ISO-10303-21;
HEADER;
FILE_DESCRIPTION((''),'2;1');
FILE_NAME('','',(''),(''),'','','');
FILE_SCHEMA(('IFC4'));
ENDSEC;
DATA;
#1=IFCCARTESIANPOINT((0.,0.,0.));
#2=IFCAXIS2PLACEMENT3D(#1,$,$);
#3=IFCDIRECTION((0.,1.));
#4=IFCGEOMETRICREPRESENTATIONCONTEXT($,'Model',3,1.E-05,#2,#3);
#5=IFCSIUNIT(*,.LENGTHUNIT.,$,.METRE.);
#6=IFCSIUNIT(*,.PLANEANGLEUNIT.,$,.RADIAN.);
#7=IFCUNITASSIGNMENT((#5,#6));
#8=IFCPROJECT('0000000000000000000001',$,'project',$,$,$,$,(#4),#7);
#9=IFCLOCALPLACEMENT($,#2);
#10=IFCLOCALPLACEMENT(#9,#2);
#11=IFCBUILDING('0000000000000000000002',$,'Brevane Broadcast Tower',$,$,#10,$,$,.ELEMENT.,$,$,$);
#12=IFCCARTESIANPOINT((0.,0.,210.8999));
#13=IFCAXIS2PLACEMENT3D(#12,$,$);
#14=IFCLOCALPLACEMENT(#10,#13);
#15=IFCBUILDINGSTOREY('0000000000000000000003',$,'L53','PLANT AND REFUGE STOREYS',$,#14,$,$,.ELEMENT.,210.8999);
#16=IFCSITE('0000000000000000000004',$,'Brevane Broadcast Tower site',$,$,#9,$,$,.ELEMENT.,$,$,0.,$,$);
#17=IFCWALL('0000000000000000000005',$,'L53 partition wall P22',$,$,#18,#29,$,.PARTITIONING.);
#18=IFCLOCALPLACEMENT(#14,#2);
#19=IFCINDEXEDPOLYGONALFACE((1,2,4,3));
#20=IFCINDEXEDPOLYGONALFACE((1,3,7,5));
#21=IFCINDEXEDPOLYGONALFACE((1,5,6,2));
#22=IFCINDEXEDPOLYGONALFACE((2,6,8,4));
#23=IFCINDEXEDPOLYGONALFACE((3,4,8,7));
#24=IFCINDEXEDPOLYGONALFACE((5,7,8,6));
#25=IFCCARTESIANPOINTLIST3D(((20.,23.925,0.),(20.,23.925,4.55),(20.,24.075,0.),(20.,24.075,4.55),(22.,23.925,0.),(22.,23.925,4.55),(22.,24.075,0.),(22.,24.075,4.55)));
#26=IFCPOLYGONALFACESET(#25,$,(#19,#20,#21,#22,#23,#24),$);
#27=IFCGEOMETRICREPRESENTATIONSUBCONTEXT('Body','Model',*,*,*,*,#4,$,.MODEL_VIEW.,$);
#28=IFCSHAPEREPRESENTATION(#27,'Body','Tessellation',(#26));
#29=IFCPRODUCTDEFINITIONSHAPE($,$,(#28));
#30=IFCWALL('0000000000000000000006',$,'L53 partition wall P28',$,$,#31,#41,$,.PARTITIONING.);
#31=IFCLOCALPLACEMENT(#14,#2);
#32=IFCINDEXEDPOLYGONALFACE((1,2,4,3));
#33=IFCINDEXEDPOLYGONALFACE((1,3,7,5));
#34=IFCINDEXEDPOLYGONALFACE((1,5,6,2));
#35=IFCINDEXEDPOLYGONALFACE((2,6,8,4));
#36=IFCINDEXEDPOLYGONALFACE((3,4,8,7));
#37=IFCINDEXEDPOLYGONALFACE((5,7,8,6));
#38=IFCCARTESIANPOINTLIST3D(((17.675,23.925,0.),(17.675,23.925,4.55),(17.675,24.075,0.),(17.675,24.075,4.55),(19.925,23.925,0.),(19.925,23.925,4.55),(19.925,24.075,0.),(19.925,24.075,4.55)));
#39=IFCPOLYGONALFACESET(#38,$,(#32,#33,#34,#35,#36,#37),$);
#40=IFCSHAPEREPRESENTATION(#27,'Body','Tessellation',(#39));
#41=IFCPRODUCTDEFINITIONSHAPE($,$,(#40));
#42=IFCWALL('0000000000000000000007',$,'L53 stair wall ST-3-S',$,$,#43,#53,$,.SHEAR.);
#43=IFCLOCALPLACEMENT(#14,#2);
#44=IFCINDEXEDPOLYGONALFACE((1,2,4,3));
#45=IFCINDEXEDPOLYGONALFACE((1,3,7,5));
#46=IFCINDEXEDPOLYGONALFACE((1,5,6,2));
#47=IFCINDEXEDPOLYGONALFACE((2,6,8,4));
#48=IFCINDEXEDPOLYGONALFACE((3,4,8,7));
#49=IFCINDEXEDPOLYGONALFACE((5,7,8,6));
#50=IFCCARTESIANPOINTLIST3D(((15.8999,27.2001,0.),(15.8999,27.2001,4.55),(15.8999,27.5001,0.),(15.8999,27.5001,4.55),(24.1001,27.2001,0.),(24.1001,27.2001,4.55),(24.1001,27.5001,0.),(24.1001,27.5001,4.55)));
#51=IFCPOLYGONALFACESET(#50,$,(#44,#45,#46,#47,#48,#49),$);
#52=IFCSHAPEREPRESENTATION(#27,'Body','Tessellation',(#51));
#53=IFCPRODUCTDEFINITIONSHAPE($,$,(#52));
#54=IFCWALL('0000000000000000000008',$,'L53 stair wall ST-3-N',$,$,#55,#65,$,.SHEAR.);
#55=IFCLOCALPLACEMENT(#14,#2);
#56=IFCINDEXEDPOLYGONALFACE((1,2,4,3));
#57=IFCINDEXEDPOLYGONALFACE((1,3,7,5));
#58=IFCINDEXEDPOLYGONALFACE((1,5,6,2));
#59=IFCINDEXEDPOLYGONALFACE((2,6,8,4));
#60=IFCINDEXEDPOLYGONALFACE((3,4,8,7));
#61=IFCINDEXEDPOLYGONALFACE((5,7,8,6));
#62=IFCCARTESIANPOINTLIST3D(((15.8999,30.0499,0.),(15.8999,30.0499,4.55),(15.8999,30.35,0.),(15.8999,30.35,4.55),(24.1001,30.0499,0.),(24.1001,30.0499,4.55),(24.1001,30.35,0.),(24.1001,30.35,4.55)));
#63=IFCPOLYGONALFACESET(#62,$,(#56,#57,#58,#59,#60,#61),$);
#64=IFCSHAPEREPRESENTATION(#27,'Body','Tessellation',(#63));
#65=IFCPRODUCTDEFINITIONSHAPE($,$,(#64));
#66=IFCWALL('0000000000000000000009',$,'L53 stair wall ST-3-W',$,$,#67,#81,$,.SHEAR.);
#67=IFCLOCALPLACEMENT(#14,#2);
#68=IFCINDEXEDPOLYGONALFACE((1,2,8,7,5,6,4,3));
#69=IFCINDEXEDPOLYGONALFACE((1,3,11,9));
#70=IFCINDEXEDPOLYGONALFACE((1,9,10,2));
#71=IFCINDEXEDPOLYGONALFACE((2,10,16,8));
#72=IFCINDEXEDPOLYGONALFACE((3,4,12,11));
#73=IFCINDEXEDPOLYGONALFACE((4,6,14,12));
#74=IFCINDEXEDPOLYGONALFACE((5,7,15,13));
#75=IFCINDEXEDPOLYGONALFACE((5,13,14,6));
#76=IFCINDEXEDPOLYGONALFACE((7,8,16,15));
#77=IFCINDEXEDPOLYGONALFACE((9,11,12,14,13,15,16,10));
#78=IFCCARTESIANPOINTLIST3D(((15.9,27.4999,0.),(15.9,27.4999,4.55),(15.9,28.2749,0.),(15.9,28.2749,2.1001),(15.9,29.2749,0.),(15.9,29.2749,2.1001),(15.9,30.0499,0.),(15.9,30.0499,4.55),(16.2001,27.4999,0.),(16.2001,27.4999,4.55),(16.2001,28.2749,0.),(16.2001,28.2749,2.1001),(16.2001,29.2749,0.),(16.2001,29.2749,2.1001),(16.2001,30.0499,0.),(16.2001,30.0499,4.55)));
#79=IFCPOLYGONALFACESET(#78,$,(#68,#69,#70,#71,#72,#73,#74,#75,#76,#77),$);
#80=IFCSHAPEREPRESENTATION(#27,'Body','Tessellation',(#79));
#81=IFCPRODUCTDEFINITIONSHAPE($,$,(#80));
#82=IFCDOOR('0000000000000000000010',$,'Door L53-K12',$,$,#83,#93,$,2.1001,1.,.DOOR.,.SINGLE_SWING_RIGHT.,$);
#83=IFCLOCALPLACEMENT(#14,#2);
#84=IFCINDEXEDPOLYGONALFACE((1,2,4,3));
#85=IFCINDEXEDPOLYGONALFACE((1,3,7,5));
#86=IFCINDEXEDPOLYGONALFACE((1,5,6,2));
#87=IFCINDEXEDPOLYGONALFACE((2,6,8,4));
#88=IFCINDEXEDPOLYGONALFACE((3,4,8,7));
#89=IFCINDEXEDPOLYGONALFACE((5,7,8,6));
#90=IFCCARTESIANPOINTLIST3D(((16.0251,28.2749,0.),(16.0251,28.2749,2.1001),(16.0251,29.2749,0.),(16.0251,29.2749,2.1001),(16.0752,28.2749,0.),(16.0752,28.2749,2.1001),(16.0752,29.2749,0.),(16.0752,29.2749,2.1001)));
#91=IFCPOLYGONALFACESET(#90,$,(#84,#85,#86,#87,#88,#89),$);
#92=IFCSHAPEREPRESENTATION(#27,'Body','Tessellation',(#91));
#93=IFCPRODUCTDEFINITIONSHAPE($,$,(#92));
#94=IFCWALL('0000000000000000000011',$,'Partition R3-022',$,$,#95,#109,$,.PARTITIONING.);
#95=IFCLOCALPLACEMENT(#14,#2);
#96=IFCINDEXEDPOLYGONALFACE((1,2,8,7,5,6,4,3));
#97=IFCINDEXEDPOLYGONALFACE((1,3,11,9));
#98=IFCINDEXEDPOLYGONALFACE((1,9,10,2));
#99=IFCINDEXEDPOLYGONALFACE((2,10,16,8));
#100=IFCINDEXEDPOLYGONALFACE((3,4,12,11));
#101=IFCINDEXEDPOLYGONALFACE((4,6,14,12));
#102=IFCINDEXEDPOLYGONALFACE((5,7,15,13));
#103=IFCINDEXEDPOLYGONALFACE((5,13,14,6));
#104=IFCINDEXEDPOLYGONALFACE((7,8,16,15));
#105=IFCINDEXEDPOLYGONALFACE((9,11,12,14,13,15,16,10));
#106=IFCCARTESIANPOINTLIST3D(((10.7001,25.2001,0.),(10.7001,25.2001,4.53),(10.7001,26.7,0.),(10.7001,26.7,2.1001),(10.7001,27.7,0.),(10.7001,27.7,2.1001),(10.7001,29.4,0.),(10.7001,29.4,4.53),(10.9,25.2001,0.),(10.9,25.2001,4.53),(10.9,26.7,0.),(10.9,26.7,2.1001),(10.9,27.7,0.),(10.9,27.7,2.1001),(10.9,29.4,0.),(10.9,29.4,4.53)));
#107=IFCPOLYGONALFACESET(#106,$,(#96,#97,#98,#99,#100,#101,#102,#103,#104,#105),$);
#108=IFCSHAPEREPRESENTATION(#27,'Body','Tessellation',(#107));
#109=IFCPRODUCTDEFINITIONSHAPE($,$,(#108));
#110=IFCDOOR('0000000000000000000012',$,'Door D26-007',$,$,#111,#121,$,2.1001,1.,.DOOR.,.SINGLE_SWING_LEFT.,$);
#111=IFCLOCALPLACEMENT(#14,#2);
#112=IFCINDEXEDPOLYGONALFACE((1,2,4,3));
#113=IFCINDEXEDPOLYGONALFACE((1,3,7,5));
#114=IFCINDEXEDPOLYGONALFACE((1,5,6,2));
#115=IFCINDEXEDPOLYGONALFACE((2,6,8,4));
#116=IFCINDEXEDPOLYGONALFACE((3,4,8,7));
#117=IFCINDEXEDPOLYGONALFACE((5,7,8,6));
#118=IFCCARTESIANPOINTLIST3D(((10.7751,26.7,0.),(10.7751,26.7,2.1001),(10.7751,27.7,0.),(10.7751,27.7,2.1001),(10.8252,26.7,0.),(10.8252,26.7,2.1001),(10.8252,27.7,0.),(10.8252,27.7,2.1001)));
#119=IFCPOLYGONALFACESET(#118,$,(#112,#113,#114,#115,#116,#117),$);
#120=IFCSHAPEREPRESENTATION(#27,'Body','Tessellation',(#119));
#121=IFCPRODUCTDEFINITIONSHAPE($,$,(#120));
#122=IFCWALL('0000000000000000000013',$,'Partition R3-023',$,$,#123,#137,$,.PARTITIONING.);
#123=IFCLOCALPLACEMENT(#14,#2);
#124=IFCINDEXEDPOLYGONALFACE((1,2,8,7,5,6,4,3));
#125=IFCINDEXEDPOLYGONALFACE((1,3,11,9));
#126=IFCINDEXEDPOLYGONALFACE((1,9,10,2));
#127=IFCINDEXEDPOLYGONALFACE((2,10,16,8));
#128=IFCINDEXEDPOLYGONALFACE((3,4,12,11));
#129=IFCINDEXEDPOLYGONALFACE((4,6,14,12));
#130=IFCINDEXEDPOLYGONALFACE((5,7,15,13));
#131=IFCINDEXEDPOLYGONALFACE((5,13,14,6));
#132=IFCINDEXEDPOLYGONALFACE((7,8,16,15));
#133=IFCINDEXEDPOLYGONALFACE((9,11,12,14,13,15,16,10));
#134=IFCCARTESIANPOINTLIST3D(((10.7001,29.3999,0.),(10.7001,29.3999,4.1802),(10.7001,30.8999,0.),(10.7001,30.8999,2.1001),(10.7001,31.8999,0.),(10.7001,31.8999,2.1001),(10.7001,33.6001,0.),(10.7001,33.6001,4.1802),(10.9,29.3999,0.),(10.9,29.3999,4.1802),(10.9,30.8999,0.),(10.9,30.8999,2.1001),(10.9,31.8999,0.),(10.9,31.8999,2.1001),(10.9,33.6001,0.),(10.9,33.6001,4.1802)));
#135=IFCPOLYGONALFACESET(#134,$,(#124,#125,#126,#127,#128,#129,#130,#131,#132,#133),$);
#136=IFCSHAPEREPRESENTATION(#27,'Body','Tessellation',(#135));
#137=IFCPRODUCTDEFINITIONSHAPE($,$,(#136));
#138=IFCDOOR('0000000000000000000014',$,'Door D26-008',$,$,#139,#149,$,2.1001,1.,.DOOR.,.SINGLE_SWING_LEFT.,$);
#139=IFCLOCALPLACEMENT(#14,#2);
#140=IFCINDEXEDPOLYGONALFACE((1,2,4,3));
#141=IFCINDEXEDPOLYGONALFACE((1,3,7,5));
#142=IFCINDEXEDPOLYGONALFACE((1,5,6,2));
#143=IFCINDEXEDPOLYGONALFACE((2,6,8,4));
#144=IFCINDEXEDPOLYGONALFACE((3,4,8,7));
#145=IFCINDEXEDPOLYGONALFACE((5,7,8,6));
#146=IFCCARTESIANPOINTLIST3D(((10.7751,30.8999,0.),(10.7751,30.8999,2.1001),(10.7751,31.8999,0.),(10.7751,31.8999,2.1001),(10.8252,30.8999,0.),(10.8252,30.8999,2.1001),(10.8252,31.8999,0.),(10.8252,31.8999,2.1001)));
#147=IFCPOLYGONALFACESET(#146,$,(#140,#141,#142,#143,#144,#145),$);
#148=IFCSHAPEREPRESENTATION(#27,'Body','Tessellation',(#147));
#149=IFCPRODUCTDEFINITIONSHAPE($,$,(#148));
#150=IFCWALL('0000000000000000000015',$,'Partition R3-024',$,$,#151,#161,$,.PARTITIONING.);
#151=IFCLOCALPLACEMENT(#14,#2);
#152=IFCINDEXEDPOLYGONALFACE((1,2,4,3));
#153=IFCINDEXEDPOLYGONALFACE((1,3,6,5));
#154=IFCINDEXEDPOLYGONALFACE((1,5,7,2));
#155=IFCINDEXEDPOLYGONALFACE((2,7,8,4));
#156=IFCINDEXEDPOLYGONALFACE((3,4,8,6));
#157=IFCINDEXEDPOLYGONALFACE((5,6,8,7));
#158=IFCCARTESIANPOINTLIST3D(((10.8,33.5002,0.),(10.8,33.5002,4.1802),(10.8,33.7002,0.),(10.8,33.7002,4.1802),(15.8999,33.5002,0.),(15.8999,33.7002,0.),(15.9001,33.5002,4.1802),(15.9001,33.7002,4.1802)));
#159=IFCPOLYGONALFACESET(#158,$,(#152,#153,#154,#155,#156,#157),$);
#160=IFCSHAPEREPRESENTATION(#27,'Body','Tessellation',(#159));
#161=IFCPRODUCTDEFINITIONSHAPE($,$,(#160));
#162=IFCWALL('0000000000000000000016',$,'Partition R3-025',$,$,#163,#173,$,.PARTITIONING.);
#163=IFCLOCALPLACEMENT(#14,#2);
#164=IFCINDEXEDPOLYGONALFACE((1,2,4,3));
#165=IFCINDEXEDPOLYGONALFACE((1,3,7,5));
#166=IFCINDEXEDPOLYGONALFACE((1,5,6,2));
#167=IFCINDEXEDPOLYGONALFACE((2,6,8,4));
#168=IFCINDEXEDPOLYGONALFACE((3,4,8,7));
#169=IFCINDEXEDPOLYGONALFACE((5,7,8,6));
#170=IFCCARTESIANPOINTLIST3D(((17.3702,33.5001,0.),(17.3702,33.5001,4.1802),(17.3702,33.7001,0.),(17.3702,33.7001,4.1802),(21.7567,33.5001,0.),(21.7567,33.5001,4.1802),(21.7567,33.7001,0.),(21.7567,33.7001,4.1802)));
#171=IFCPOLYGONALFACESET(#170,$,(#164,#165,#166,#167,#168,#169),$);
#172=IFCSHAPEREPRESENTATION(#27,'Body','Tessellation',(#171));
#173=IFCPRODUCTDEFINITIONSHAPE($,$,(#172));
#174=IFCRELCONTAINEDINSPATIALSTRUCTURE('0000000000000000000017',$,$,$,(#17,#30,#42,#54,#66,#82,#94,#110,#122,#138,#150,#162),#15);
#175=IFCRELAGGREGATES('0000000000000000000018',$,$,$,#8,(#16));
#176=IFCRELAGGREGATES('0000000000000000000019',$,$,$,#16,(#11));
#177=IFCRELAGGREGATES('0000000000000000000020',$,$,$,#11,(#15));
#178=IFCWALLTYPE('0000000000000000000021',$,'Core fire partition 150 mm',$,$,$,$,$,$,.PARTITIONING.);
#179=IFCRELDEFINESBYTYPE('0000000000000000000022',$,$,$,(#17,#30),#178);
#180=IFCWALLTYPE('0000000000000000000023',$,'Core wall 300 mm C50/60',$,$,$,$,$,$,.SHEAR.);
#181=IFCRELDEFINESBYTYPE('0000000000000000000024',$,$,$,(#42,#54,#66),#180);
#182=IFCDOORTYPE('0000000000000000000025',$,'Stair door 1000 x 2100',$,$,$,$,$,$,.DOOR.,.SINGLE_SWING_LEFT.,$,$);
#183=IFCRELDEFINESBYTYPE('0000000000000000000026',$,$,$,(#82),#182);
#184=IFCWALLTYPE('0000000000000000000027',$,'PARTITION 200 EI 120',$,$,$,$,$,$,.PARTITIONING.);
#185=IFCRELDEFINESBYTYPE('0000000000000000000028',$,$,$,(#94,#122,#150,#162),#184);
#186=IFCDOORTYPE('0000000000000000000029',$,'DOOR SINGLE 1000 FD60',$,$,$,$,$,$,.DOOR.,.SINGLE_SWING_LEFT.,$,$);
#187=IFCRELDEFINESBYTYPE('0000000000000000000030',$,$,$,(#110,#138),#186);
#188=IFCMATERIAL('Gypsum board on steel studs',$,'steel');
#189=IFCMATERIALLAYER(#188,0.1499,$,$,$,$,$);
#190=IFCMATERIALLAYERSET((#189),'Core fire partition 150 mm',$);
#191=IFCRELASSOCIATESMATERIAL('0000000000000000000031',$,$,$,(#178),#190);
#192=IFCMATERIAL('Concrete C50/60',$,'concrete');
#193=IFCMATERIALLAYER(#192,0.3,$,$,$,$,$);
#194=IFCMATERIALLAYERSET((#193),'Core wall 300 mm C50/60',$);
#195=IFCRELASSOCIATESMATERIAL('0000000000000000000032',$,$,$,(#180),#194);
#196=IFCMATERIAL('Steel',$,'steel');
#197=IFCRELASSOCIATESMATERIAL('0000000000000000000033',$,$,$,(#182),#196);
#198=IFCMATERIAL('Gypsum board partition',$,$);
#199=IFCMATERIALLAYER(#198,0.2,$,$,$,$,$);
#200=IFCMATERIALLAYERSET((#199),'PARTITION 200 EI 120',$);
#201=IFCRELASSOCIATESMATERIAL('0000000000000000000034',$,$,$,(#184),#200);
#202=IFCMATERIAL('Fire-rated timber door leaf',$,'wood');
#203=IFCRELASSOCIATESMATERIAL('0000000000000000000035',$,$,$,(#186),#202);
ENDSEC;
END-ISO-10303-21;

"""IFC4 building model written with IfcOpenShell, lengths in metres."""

from ifc_helpers import new_model, si_unit, direction, frame, frame_2d, origin, place, context, subcontext, project, spatial, polyline, rectangle, outline, extrude, material, layer, layer_set, type_object, element, fill, save


model = new_model("IFC4")

# Units and contexts
model_context = context("Model", 3, precision=1e-05, world=origin(), true_north=direction((0.0, 1.0)))
body_context = subcontext(model_context, "Body", "Model", "MODEL_VIEW")
ifc_project = project(units=[si_unit("LENGTHUNIT", "METRE"), si_unit("PLANEANGLEUNIT", "RADIAN")], contexts=[model_context])

# Site, building, storey
site_placement = place(None, origin())
site = spatial("IfcSite", under=ifc_project, at=site_placement, Name="Brevane Broadcast Tower site", CompositionType="ELEMENT", RefElevation=0.0)
building_placement = place(site_placement, origin())
building = spatial("IfcBuilding", under=site, at=building_placement, Name="Brevane Broadcast Tower", CompositionType="ELEMENT")
storey_placement = place(building_placement, frame((0.0, 0.0, 210.8999)))
storey = spatial("IfcBuildingStorey", under=building, at=storey_placement, Name="L53", Description="PLANT AND REFUGE STOREYS", CompositionType="ELEMENT", Elevation=210.8999)

# Shared definitions
ifc_material_1 = material(Name="Concrete C50/60", Category="concrete")

# Walls
ifc_material_2 = material(Name="Gypsum board on steel studs", Category="steel")
ifc_layer_1 = layer(ifc_material_2, 0.1499)
ifc_layer_set_1 = layer_set([ifc_layer_1], Name="Core fire partition 150 mm")
wall_type_1 = type_object("IfcWallType", Name="Core fire partition 150 mm", PredefinedType="PARTITIONING", material=ifc_layer_set_1)
wall_1_placement = place(storey_placement, frame((20.0, 24.0, 0.0), z_axis=(0.0, 0.0, 1.0), x_axis=(1.0, 0.0, 0.0)))
element("IfcWall", 1, at=wall_1_placement, inside=storey, type_object=wall_type_1, Name="L53 partition wall P22", PredefinedType="PARTITIONING", context=body_context, shape_type="SweptSolid", body=[
    extrude(rectangle(XDim=2.0, YDim=0.1499, at=frame_2d((1.0, 0.0))), origin(), (0.0, 0.0, 1.0), 4.55),
])
wall_2_placement = place(storey_placement, frame((17.675, 24.0, 0.0), z_axis=(0.0, 0.0, 1.0), x_axis=(1.0, 0.0, 0.0)))
element("IfcWall", 2, at=wall_2_placement, inside=storey, type_object=wall_type_1, Name="L53 partition wall P28", PredefinedType="PARTITIONING", context=body_context, shape_type="SweptSolid", body=[
    extrude(rectangle(XDim=2.25, YDim=0.1499, at=frame_2d((1.125, 0.0))), origin(), (0.0, 0.0, 1.0), 4.55),
])
ifc_layer_2 = layer(ifc_material_1, 0.3)
ifc_layer_set_2 = layer_set([ifc_layer_2], Name="Core wall 300 mm C50/60")
wall_type_2 = type_object("IfcWallType", Name="Core wall 300 mm C50/60", PredefinedType="SHEAR", material=ifc_layer_set_2)
for number, where, z_axis, x_axis, name in (
    (3, (15.8999, 27.3501, 0.0), (0.0, 0.0, 1.0), (1.0, 0.0, 0.0), "L53 stair wall ST-3-S"),
    (4, (15.8999, 30.2, 0.0), (0.0, 0.0, 1.0), (1.0, 0.0, 0.0), "L53 stair wall ST-3-N"),
):
    element("IfcWall", number, at=place(storey_placement, frame(where, z_axis=z_axis, x_axis=x_axis)), inside=storey, type_object=wall_type_2, Name=name, PredefinedType="SHEAR", context=body_context, shape_type="SweptSolid", body=[
        extrude(rectangle(XDim=8.2002, YDim=0.3, at=frame_2d((4.1001, 0.0))), origin(), (0.0, 0.0, 1.0), 4.55),
    ])

# Walls, openings, doors
wall_3_placement = place(storey_placement, frame((16.05, 27.5, 0.0), z_axis=(0.0, 0.0, 1.0), x_axis=(0.0, 1.0, 0.0)))
wall_3 = element("IfcWall", 5, at=wall_3_placement, inside=storey, type_object=wall_type_2, Name="L53 stair wall ST-3-W", PredefinedType="SHEAR", context=body_context, shape_type="SweptSolid", body=[
    extrude(rectangle(XDim=2.55, YDim=0.3, at=frame_2d((1.2749, 0.0))), origin(), (0.0, 0.0, 1.0), 4.55),
])
opening_1_placement = place(wall_3_placement, frame((0.7749, 0.0, 0.0)))
opening_1 = element("IfcOpeningElement", 6, at=opening_1_placement, cuts=wall_3, PredefinedType="OPENING", context=body_context, shape_type="SweptSolid", body=[
    extrude(rectangle(XDim=1.0, YDim=2.1001, at=frame_2d((0.5, 1.05))), frame((0.0, 0.1599, 0.0), z_axis=(0.0, -1.0, 0.0), x_axis=(1.0, 0.0, 0.0)), (0.0, 0.0, 1.0), 0.3201),
])
ifc_material_3 = material(Name="Steel", Category="steel")
door_type_1 = type_object("IfcDoorType", Name="Stair door 1000 x 2100", OperationType="SINGLE_SWING_LEFT", PredefinedType="DOOR", material=ifc_material_3)
door_1_placement = place(opening_1_placement, origin())
door_1 = element("IfcDoor", 7, at=door_1_placement, inside=storey, type_object=door_type_1, Name="Door L53-K12", OperationType="SINGLE_SWING_RIGHT", OverallHeight=2.1001, OverallWidth=1.0, PredefinedType="DOOR", context=body_context, shape_type="SweptSolid", body=[
    extrude(rectangle(XDim=1.0, YDim=2.1001, at=frame_2d((0.5, 1.05))), frame((0.0, 0.0249, 0.0), z_axis=(0.0, -1.0, 0.0), x_axis=(1.0, 0.0, 0.0)), (0.0, 0.0, 1.0), 0.05),
])
fill(opening_1, door_1)
ifc_material_4 = material(Name="Gypsum board partition")
ifc_layer_3 = layer(ifc_material_4, 0.2)
ifc_layer_set_3 = layer_set([ifc_layer_3], Name="PARTITION 200 EI 120")
wall_type_3 = type_object("IfcWallType", Name="PARTITION 200 EI 120", PredefinedType="PARTITIONING", material=ifc_layer_set_3)
wall_4_placement = place(storey_placement, frame((10.8, 25.2, 0.0), z_axis=(0.0, 0.0, 1.0), x_axis=(0.0, 1.0, 0.0)))
wall_4 = element("IfcWall", 8, at=wall_4_placement, inside=storey, type_object=wall_type_3, Name="Partition R3-022", PredefinedType="PARTITIONING", context=body_context, shape_type="SweptSolid", body=[
    extrude(rectangle(XDim=4.2, YDim=0.2, at=frame_2d((2.1001, 0.0))), origin(), (0.0, 0.0, 1.0), 4.53),
])
opening_2_placement = place(wall_4_placement, frame((1.5, 0.0, 0.0)))
opening_2 = element("IfcOpeningElement", 9, at=opening_2_placement, cuts=wall_4, PredefinedType="OPENING", context=body_context, shape_type="SweptSolid", body=[
    extrude(rectangle(XDim=1.0, YDim=2.1001, at=frame_2d((0.5, 1.05))), frame((0.0, 0.1099, 0.0), z_axis=(0.0, -1.0, 0.0), x_axis=(1.0, 0.0, 0.0)), (0.0, 0.0, 1.0), 0.22),
])
ifc_material_5 = material(Name="Fire-rated timber door leaf", Category="wood")
door_type_2 = type_object("IfcDoorType", Name="DOOR SINGLE 1000 FD60", OperationType="SINGLE_SWING_LEFT", PredefinedType="DOOR", material=ifc_material_5)
door_2_placement = place(opening_2_placement, origin())
door_2 = element("IfcDoor", 10, at=door_2_placement, inside=storey, type_object=door_type_2, Name="Door D26-007", OperationType="SINGLE_SWING_LEFT", OverallHeight=2.1001, OverallWidth=1.0, PredefinedType="DOOR", context=body_context, shape_type="SweptSolid", body=[
    extrude(rectangle(XDim=1.0, YDim=2.1001, at=frame_2d((0.5, 1.05))), frame((0.0, 0.0249, 0.0), z_axis=(0.0, -1.0, 0.0), x_axis=(1.0, 0.0, 0.0)), (0.0, 0.0, 1.0), 0.05),
])
fill(opening_2, door_2)
wall_5_placement = place(storey_placement, frame((10.8, 29.3999, 0.0), z_axis=(0.0, 0.0, 1.0), x_axis=(0.0, 1.0, 0.0)))
wall_5 = element("IfcWall", 11, at=wall_5_placement, inside=storey, type_object=wall_type_3, Name="Partition R3-023", PredefinedType="PARTITIONING", context=body_context, shape_type="SweptSolid", body=[
    extrude(rectangle(XDim=4.2002, YDim=0.2, at=frame_2d((2.1001, 0.0))), origin(), (0.0, 0.0, 1.0), 4.1802),
])
opening_3_placement = place(wall_5_placement, frame((1.5, 0.0, 0.0)))
opening_3 = element("IfcOpeningElement", 12, at=opening_3_placement, cuts=wall_5, PredefinedType="OPENING", context=body_context, shape_type="SweptSolid", body=[
    extrude(rectangle(XDim=1.0, YDim=2.1001, at=frame_2d((0.5, 1.05))), frame((0.0, 0.1099, 0.0), z_axis=(0.0, -1.0, 0.0), x_axis=(1.0, 0.0, 0.0)), (0.0, 0.0, 1.0), 0.22),
])
door_3_placement = place(opening_3_placement, origin())
door_3 = element("IfcDoor", 13, at=door_3_placement, inside=storey, type_object=door_type_2, Name="Door D26-008", OperationType="SINGLE_SWING_LEFT", OverallHeight=2.1001, OverallWidth=1.0, PredefinedType="DOOR", context=body_context, shape_type="SweptSolid", body=[
    extrude(rectangle(XDim=1.0, YDim=2.1001, at=frame_2d((0.5, 1.05))), frame((0.0, 0.0249, 0.0), z_axis=(0.0, -1.0, 0.0), x_axis=(1.0, 0.0, 0.0)), (0.0, 0.0, 1.0), 0.05),
])
fill(opening_3, door_3)

# Walls
wall_6_placement = place(storey_placement, frame((10.8, 33.6001, 0.0), z_axis=(0.0, 0.0, 1.0), x_axis=(1.0, 0.0, 0.0)))
element("IfcWall", 14, at=wall_6_placement, inside=storey, type_object=wall_type_3, Name="Partition R3-024", PredefinedType="PARTITIONING", context=body_context, shape_type="SweptSolid", body=[
    extrude(outline(polyline([(0.0, 0.0), (5.0999, 0.0), (5.1001, 4.1802), (0.0, 4.1802), (0.0, 0.0)])), frame((0.0, 0.1001, 0.0), z_axis=(0.0, -1.0, 0.0), x_axis=(1.0, 0.0, 0.0)), (0.0, 0.0, 1.0), 0.2),
])
wall_7_placement = place(storey_placement, frame((17.3701, 33.6001, 0.0), z_axis=(0.0, 0.0, 1.0), x_axis=(1.0, 0.0, 0.0)))
element("IfcWall", 15, at=wall_7_placement, inside=storey, type_object=wall_type_3, Name="Partition R3-025", PredefinedType="PARTITIONING", context=body_context, shape_type="SweptSolid", body=[
    extrude(rectangle(XDim=4.3865, YDim=0.2, at=frame_2d((2.1934, 0.0))), origin(), (0.0, 0.0, 1.0), 4.1802),
])

save(model, "model.ifc")
